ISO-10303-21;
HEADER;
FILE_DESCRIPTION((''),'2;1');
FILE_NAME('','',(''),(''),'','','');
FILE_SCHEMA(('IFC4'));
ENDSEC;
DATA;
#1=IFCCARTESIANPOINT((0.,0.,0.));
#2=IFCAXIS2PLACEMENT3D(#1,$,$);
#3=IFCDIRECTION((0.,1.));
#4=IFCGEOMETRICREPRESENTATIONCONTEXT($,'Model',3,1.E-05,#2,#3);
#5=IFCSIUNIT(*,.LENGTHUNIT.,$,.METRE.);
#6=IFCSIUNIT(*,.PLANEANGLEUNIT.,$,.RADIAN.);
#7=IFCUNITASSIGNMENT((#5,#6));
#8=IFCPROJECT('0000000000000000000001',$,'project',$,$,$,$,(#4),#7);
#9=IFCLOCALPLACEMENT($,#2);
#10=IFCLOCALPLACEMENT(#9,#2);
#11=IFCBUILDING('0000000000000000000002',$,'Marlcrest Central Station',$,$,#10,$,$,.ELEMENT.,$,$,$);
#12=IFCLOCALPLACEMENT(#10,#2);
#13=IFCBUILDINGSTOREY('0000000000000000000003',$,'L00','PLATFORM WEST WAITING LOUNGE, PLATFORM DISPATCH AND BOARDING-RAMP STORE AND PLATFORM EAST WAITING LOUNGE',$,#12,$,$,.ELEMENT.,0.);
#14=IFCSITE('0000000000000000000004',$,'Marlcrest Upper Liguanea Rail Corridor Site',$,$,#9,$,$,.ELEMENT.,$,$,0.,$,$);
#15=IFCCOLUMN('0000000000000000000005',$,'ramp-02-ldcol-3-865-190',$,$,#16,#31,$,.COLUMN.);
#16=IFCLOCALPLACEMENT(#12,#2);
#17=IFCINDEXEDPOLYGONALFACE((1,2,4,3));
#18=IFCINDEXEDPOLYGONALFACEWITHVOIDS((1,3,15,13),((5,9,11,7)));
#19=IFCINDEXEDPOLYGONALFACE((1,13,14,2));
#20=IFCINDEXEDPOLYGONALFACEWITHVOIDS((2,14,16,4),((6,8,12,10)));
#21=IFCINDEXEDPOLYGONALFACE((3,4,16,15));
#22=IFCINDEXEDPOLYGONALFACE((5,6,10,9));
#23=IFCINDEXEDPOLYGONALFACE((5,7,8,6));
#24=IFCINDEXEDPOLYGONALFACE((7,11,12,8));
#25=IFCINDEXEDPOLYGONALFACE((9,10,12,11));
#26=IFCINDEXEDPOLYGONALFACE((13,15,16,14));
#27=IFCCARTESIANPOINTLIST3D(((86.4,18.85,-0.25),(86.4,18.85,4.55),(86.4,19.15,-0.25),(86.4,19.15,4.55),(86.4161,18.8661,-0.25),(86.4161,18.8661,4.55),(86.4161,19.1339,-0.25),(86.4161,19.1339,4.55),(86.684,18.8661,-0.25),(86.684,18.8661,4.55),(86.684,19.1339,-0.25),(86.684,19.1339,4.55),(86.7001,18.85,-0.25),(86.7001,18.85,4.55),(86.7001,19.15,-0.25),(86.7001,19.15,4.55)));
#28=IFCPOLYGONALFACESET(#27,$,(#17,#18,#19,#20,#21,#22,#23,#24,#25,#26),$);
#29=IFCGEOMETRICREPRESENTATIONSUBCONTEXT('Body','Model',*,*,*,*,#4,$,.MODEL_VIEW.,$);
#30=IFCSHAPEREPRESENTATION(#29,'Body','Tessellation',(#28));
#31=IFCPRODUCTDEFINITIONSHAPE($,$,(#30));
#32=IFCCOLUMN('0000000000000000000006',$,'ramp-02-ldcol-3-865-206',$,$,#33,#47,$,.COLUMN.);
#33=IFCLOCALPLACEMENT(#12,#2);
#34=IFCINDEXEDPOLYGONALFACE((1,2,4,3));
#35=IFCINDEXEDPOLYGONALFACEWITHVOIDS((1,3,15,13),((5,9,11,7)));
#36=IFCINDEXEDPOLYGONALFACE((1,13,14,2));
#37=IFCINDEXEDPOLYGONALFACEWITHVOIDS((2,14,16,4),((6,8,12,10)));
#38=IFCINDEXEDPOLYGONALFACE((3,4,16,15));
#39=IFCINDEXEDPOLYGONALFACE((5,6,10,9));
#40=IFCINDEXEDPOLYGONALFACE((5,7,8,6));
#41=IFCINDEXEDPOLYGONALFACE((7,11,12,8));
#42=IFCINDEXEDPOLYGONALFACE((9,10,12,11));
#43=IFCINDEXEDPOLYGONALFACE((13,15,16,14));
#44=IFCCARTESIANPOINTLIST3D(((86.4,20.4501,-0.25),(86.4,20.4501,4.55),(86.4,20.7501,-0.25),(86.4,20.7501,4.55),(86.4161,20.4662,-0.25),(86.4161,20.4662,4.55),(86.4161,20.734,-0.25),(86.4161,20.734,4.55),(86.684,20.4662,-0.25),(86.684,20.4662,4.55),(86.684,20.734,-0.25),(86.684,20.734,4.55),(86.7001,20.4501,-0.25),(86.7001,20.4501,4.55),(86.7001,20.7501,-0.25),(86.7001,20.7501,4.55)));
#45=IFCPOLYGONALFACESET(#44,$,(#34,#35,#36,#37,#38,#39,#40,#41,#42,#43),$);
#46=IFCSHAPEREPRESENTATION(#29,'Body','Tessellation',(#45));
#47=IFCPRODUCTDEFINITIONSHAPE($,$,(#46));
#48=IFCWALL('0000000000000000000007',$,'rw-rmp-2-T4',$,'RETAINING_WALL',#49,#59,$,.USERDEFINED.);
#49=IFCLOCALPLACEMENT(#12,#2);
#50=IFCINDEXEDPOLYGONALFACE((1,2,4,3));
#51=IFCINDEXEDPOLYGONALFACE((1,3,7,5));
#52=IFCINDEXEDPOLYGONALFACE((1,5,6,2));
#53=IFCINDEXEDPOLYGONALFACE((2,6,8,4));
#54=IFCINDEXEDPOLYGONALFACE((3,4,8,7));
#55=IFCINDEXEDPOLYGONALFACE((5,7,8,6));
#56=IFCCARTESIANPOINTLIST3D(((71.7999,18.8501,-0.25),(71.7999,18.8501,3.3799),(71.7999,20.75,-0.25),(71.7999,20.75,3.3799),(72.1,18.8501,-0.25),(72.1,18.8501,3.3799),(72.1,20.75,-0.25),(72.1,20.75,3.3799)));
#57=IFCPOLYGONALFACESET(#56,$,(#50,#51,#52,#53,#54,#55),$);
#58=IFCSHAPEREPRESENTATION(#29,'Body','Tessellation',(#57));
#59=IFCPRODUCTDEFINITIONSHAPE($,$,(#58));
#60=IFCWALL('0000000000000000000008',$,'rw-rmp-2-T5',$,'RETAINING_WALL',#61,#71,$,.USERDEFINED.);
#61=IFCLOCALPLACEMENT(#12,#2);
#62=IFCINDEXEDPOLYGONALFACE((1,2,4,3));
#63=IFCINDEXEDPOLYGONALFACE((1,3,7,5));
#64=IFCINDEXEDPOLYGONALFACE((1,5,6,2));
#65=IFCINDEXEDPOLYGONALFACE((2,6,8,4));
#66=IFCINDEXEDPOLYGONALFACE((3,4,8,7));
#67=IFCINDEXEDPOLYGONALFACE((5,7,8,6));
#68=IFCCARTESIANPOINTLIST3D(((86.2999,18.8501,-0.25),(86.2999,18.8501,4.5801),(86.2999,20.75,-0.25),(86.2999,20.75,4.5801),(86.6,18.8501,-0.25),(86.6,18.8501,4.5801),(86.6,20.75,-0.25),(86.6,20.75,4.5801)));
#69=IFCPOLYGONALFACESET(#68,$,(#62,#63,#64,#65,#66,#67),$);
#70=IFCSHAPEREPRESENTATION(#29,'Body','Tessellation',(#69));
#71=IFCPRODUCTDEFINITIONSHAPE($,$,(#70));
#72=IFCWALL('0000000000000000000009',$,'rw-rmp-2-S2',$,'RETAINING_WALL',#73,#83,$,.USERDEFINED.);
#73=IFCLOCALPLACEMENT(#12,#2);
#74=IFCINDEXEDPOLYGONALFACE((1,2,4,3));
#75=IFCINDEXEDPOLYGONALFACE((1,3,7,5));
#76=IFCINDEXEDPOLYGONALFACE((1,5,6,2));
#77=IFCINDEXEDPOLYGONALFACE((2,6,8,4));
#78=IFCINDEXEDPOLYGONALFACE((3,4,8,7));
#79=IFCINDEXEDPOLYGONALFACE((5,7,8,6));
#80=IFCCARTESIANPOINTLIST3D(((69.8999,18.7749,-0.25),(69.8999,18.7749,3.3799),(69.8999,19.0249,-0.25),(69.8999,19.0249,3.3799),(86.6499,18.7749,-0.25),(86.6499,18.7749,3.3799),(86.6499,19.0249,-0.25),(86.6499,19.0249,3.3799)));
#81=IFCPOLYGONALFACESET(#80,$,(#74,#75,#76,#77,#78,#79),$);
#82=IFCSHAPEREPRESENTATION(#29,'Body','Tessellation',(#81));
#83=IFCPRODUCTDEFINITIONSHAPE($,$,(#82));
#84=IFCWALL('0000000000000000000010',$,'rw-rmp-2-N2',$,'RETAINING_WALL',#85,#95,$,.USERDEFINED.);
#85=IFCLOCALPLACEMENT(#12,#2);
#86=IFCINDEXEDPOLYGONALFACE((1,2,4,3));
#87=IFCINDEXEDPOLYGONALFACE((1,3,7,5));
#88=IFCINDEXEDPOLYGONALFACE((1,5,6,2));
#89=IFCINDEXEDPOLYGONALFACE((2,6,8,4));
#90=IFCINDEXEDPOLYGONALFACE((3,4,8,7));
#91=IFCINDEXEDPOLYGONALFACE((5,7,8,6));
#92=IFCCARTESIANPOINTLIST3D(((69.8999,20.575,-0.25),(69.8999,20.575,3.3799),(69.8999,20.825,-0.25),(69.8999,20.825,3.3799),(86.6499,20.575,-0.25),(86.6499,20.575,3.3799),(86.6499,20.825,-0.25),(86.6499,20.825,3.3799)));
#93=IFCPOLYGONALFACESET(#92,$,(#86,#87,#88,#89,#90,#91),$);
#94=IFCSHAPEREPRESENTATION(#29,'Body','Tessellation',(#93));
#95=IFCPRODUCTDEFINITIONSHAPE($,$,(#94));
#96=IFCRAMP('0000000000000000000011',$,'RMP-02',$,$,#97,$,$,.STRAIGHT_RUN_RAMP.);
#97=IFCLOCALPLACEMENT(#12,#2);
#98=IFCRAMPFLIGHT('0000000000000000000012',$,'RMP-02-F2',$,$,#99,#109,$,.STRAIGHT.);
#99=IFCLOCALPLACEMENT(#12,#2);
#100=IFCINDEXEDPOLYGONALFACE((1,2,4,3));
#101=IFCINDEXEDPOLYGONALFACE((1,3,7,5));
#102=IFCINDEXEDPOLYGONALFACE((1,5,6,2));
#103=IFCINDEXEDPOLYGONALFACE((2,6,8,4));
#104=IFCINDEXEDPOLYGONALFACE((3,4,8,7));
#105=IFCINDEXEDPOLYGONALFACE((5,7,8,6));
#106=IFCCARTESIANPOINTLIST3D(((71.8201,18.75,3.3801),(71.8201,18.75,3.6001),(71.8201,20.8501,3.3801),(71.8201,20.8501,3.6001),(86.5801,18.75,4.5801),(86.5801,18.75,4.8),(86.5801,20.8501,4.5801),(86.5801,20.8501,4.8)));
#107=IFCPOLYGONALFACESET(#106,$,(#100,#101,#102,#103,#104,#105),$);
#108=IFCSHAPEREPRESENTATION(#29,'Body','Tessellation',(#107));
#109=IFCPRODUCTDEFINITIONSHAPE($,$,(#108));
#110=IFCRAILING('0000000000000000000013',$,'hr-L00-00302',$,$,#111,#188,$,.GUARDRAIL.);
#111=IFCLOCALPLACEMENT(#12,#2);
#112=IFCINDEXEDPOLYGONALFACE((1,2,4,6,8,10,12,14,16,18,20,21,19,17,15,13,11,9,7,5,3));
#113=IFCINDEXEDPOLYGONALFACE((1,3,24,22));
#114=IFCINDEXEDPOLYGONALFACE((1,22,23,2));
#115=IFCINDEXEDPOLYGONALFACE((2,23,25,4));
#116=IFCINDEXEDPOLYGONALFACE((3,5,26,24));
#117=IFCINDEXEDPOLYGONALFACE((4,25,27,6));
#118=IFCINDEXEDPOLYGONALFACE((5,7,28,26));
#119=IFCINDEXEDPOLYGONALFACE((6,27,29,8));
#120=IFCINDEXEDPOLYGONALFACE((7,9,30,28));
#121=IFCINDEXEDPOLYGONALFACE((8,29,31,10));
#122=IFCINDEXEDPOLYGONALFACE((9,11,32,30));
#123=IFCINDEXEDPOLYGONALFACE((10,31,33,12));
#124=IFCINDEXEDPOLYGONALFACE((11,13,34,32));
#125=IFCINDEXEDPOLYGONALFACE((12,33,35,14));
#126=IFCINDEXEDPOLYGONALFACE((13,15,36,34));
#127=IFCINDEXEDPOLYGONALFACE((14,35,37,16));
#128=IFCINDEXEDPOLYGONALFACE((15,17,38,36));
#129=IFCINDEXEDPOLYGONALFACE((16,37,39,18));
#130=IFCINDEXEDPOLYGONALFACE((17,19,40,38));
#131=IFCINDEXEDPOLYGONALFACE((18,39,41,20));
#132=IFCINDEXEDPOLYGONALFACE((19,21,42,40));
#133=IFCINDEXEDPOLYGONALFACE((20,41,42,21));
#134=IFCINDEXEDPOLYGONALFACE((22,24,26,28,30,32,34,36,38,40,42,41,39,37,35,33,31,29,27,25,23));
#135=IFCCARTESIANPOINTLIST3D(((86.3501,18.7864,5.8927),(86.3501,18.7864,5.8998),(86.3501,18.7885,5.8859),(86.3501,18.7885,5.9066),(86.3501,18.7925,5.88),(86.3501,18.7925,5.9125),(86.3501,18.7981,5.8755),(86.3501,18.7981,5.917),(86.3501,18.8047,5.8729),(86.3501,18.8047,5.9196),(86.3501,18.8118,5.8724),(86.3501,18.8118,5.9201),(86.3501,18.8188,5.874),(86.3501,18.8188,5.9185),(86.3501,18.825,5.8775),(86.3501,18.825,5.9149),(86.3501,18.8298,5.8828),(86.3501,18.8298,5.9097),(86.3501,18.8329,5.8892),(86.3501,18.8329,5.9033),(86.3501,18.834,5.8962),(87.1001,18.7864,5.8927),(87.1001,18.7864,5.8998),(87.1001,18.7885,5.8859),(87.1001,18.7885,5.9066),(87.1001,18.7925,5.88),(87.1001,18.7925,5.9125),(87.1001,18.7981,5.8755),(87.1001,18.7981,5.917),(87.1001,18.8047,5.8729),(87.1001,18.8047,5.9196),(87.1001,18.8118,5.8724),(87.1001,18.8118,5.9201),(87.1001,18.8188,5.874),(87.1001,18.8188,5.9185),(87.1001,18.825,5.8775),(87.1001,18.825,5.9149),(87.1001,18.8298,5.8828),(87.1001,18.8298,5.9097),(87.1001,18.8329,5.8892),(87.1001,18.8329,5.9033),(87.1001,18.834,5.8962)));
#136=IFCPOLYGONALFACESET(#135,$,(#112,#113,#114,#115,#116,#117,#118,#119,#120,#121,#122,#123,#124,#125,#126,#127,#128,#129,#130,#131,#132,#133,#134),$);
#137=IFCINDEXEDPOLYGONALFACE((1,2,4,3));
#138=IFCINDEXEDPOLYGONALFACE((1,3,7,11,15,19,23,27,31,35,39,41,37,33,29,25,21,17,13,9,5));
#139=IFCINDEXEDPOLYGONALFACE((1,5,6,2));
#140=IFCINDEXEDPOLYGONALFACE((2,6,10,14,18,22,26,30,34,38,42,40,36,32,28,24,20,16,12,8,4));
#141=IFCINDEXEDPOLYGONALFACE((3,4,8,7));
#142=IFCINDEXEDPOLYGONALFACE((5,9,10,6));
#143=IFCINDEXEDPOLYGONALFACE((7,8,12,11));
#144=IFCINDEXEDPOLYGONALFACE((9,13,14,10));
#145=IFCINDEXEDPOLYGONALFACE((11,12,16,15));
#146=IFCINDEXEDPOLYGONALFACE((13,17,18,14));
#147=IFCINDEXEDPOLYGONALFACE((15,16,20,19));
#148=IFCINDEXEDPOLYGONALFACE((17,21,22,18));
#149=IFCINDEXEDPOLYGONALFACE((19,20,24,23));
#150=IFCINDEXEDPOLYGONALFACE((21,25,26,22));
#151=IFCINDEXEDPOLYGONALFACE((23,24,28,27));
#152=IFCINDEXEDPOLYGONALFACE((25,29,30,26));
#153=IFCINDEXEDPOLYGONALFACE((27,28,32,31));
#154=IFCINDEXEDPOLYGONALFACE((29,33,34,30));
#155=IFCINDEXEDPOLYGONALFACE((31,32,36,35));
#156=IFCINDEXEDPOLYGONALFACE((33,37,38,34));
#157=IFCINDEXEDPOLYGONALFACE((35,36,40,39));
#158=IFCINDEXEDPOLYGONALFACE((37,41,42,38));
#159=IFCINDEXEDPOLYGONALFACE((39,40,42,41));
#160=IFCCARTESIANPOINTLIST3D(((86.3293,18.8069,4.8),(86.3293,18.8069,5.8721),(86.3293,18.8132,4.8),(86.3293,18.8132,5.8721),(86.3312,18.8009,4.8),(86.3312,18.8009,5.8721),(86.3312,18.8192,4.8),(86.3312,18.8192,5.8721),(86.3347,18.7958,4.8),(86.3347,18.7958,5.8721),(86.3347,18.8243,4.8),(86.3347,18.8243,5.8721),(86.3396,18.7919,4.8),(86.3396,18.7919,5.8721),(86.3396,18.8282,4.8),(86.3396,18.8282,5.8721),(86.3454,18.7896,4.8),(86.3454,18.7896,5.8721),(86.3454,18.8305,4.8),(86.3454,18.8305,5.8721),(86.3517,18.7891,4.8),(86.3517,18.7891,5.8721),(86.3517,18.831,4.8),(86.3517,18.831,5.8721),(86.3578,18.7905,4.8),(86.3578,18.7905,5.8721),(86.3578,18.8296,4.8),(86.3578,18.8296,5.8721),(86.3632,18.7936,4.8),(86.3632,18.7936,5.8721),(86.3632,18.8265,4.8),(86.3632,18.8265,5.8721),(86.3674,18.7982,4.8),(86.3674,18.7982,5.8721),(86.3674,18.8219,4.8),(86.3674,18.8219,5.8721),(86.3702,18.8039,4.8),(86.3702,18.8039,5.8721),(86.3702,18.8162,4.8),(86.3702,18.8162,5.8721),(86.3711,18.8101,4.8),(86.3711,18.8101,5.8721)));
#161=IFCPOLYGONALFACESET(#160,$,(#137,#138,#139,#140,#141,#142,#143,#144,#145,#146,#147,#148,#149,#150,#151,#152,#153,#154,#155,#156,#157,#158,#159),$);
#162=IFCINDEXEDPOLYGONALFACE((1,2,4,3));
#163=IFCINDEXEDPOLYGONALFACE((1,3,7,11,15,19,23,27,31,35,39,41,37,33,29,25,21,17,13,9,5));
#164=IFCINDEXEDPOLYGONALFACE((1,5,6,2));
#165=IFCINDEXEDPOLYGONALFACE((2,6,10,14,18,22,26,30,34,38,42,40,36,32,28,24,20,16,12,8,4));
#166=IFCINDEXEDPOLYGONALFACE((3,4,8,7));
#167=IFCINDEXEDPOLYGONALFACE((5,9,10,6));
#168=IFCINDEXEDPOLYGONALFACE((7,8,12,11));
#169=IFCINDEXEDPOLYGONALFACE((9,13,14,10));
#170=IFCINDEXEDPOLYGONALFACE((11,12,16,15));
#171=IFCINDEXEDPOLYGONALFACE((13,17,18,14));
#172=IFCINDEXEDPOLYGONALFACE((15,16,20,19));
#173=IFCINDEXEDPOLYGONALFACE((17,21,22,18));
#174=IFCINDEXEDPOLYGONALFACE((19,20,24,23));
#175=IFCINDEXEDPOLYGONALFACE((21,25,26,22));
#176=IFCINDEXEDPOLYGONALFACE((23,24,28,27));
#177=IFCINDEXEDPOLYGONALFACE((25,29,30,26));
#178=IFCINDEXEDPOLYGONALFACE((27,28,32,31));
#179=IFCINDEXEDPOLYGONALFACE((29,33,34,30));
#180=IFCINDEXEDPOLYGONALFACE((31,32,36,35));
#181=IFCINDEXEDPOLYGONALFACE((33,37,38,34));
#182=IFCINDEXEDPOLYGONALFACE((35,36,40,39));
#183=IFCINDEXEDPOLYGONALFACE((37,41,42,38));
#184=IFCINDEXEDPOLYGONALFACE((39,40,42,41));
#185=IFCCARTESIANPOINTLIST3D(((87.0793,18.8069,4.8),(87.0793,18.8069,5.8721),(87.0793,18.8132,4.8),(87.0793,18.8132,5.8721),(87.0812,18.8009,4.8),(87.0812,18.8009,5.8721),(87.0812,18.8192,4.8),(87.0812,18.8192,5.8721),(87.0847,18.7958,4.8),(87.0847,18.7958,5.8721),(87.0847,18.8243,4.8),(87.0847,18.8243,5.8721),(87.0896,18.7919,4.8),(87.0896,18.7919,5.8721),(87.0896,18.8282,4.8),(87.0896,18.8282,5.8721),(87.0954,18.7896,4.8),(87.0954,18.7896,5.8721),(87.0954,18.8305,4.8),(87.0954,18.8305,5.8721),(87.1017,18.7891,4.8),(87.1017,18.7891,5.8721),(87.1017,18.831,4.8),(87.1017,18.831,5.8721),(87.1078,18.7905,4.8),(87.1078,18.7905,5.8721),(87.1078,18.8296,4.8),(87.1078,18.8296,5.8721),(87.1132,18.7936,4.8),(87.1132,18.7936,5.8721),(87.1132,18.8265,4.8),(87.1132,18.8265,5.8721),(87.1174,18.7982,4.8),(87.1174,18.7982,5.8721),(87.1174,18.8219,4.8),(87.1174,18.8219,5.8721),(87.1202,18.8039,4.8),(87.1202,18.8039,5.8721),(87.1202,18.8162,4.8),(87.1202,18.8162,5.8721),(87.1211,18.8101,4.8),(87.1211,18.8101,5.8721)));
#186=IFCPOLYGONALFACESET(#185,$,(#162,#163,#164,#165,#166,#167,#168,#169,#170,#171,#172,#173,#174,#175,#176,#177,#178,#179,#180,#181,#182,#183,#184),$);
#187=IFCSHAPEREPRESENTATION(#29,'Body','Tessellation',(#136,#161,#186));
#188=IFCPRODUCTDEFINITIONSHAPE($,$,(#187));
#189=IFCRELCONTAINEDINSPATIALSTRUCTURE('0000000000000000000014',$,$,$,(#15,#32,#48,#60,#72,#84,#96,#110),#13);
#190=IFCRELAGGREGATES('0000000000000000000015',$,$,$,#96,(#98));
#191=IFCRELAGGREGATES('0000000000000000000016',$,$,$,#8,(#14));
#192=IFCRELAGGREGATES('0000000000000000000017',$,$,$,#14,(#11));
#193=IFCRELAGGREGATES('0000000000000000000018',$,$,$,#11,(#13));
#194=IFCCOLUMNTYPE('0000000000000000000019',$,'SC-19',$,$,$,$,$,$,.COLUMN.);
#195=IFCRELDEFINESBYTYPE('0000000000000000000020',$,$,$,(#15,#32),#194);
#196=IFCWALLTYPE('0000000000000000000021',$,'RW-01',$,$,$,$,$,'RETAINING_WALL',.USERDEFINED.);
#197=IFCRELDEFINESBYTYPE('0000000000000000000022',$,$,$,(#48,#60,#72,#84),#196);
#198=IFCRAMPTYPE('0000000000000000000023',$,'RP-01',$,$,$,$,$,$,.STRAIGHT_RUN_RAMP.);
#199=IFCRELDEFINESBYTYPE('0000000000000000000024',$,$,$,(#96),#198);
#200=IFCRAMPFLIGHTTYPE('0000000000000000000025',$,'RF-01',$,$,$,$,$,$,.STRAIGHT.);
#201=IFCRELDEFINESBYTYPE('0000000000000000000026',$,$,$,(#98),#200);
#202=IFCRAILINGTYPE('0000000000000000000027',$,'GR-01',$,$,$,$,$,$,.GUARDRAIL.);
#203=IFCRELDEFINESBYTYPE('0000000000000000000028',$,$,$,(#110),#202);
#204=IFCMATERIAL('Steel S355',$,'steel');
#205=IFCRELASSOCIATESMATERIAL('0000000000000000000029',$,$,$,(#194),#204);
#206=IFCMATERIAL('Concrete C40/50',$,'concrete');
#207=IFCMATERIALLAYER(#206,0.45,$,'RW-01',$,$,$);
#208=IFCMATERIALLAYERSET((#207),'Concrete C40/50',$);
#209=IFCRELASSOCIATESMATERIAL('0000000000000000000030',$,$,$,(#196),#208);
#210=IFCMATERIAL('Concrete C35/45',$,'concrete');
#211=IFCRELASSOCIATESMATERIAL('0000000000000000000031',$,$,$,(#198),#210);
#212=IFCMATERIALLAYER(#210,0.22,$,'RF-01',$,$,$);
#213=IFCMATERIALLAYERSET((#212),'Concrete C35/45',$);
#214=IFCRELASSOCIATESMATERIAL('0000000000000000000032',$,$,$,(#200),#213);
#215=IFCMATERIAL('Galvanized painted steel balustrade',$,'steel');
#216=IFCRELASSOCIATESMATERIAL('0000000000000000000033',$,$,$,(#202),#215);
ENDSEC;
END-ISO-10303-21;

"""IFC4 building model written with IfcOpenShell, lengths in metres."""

from ifc_helpers import new_model, si_unit, direction, frame, frame_2d, origin, origin_2d, place, context, subcontext, project, spatial, polyline, rectangle, hollow_rectangle, circle, outline, extrude, material, layer, layer_set, material_profile, profile_set, type_object, element, aggregate, save


model = new_model("IFC4")

# Units and contexts
model_context = context("Model", 3, precision=1e-05, world=origin(), true_north=direction((0.0, 1.0)))
body_context = subcontext(model_context, "Body", "Model", "MODEL_VIEW")
ifc_project = project(units=[si_unit("LENGTHUNIT", "METRE"), si_unit("PLANEANGLEUNIT", "RADIAN")], contexts=[model_context])

# Site, building, storey
site_placement = place(None, origin())
site = spatial("IfcSite", under=ifc_project, at=site_placement, Name="Marlcrest Upper Liguanea Rail Corridor Site", CompositionType="ELEMENT", RefElevation=0.0)
building_placement = place(site_placement, origin())
building = spatial("IfcBuilding", under=site, at=building_placement, Name="Marlcrest Central Station", CompositionType="ELEMENT")
storey_placement = place(building_placement, origin())
storey = spatial("IfcBuildingStorey", under=building, at=storey_placement, Name="L00", Description="PLATFORM WEST WAITING LOUNGE, PLATFORM DISPATCH AND BOARDING-RAMP STORE AND PLATFORM EAST WAITING LOUNGE", CompositionType="ELEMENT", Elevation=0.0)

# Shared definitions
ifc_material_1 = material(Name="Concrete C35/45", Category="concrete")

# Shared definitions
ifc_material_2 = material(Name="Concrete C40/50", Category="concrete")

# Columns
ifc_material_3 = material(Name="Steel S355", Category="steel")
ifc_material_profile_1 = material_profile(ifc_material_3, hollow_rectangle(XDim=0.3, YDim=0.3, WallThickness=0.0161, at=origin_2d()), Name="SHS 300x300x16")
ifc_profile_set_1 = profile_set([ifc_material_profile_1], Name="Steel S355")
column_type = type_object("IfcColumnType", Name="SC-19", PredefinedType="COLUMN", material=ifc_profile_set_1)
for number, where, z_axis, x_axis, name in (
    (1, (86.55, 19.0, -0.25), (0.0, 0.0, 1.0), (1.0, 0.0, 0.0), "ramp-02-ldcol-3-865-190"),
    (2, (86.55, 20.6001, -0.25), (0.0, 0.0, 1.0), (1.0, 0.0, 0.0), "ramp-02-ldcol-3-865-206"),
):
    element("IfcColumn", number, at=place(storey_placement, frame(where, z_axis=z_axis, x_axis=x_axis)), inside=storey, type_object=column_type, Name=name, PredefinedType="COLUMN", context=body_context, shape_type="SweptSolid", body=[
        extrude(hollow_rectangle(XDim=0.3, YDim=0.3, WallThickness=0.0161, at=origin_2d()), origin(), (0.0, 0.0, 1.0), 4.8),
    ])

# Walls
ifc_layer_1 = layer(ifc_material_2, 0.45, Name="RW-01")
ifc_layer_set_1 = layer_set([ifc_layer_1], Name="Concrete C40/50")
wall_type = type_object("IfcWallType", Name="RW-01", ElementType="RETAINING_WALL", PredefinedType="USERDEFINED", material=ifc_layer_set_1)
wall_1_placement = place(storey_placement, frame((71.95, 18.8501, -0.25), z_axis=(0.0, 0.0, 1.0), x_axis=(0.0, 1.0, 0.0)))
element("IfcWall", 3, at=wall_1_placement, inside=storey, type_object=wall_type, Name="rw-rmp-2-T4", ObjectType="RETAINING_WALL", PredefinedType="USERDEFINED", context=body_context, shape_type="SweptSolid", body=[
    extrude(rectangle(XDim=1.8999, YDim=0.3, at=frame_2d((0.95, 0.0))), origin(), (0.0, 0.0, 1.0), 3.6299),
])
wall_2_placement = place(storey_placement, frame((86.45, 18.8501, -0.25), z_axis=(0.0, 0.0, 1.0), x_axis=(0.0, 1.0, 0.0)))
element("IfcWall", 4, at=wall_2_placement, inside=storey, type_object=wall_type, Name="rw-rmp-2-T5", ObjectType="RETAINING_WALL", PredefinedType="USERDEFINED", context=body_context, shape_type="SweptSolid", body=[
    extrude(rectangle(XDim=1.8999, YDim=0.3, at=frame_2d((0.95, 0.0))), origin(), (0.0, 0.0, 1.0), 4.8301),
])
for number, where, z_axis, x_axis, name in (
    (5, (69.8999, 18.8999, -0.25), (0.0, 0.0, 1.0), (1.0, 0.0, 0.0), "rw-rmp-2-S2"),
    (6, (69.8999, 20.7, -0.25), (0.0, 0.0, 1.0), (1.0, 0.0, 0.0), "rw-rmp-2-N2"),
):
    element("IfcWall", number, at=place(storey_placement, frame(where, z_axis=z_axis, x_axis=x_axis)), inside=storey, type_object=wall_type, Name=name, ObjectType="RETAINING_WALL", PredefinedType="USERDEFINED", context=body_context, shape_type="SweptSolid", body=[
        extrude(rectangle(XDim=16.75, YDim=0.25, at=frame_2d((8.375, 0.0))), origin(), (0.0, 0.0, 1.0), 3.6299),
    ])

# Ramp, ramp flight
ramp_type = type_object("IfcRampType", Name="RP-01", PredefinedType="STRAIGHT_RUN_RAMP", material=ifc_material_1)
ramp_placement = place(storey_placement, origin())
ramp = element("IfcRamp", 7, at=ramp_placement, inside=storey, type_object=ramp_type, Name="RMP-02", PredefinedType="STRAIGHT_RUN_RAMP")
ifc_layer_2 = layer(ifc_material_1, 0.22, Name="RF-01")
ifc_layer_set_2 = layer_set([ifc_layer_2], Name="Concrete C35/45")
ramp_flight_type = type_object("IfcRampFlightType", Name="RF-01", PredefinedType="STRAIGHT", material=ifc_layer_set_2)
ramp_flight_placement = place(storey_placement, frame((71.8201, 19.8, 3.6001), z_axis=(0.0, 0.0, 1.0), x_axis=(1.0, 0.0, 0.0)))
ramp_flight = element("IfcRampFlight", 8, at=ramp_flight_placement, type_object=ramp_flight_type, Name="RMP-02-F2", PredefinedType="STRAIGHT", context=body_context, shape_type="SweptSolid", body=[
    extrude(outline(polyline([(0.0, -0.22), (0.0, 0.0), (14.76, 1.2), (14.76, 0.98), (0.0, -0.22)])), frame((0.0, 1.05, 0.0), z_axis=(0.0, -1.0, 0.0), x_axis=(1.0, 0.0, 0.0)), (0.0, 0.0, 1.0), 2.1001),
])
aggregate(ramp, [ramp_flight])

# Railing
ifc_material_4 = material(Name="Galvanized painted steel balustrade", Category="steel")
railing_type_1 = type_object("IfcRailingType", Name="GR-01", PredefinedType="GUARDRAIL", material=ifc_material_4)
for number, where, name in (
    (9, (86.3501, 18.8101, 4.8), "hr-L00-00302"),
):
    element("IfcRailing", number, at=place(storey_placement, frame(where)), inside=storey, type_object=railing_type_1, Name=name, PredefinedType="GUARDRAIL", context=body_context, shape_type="SweptSolid", body=[
        extrude(circle(Radius=0.0239, at=origin_2d()), frame((0.0, 0.0, 1.0962), z_axis=(1.0, 0.0, 0.0), x_axis=(0.0, 1.0, 0.0)), (0.0, 0.0, 1.0), 0.75),
        extrude(circle(Radius=0.021, at=origin_2d()), origin(), (0.0, 0.0, 1.0), 1.072),
        extrude(circle(Radius=0.021, at=origin_2d()), frame((0.75, 0.0, 0.0)), (0.0, 0.0, 1.0), 1.072),
    ])

save(model, "model.ifc")
